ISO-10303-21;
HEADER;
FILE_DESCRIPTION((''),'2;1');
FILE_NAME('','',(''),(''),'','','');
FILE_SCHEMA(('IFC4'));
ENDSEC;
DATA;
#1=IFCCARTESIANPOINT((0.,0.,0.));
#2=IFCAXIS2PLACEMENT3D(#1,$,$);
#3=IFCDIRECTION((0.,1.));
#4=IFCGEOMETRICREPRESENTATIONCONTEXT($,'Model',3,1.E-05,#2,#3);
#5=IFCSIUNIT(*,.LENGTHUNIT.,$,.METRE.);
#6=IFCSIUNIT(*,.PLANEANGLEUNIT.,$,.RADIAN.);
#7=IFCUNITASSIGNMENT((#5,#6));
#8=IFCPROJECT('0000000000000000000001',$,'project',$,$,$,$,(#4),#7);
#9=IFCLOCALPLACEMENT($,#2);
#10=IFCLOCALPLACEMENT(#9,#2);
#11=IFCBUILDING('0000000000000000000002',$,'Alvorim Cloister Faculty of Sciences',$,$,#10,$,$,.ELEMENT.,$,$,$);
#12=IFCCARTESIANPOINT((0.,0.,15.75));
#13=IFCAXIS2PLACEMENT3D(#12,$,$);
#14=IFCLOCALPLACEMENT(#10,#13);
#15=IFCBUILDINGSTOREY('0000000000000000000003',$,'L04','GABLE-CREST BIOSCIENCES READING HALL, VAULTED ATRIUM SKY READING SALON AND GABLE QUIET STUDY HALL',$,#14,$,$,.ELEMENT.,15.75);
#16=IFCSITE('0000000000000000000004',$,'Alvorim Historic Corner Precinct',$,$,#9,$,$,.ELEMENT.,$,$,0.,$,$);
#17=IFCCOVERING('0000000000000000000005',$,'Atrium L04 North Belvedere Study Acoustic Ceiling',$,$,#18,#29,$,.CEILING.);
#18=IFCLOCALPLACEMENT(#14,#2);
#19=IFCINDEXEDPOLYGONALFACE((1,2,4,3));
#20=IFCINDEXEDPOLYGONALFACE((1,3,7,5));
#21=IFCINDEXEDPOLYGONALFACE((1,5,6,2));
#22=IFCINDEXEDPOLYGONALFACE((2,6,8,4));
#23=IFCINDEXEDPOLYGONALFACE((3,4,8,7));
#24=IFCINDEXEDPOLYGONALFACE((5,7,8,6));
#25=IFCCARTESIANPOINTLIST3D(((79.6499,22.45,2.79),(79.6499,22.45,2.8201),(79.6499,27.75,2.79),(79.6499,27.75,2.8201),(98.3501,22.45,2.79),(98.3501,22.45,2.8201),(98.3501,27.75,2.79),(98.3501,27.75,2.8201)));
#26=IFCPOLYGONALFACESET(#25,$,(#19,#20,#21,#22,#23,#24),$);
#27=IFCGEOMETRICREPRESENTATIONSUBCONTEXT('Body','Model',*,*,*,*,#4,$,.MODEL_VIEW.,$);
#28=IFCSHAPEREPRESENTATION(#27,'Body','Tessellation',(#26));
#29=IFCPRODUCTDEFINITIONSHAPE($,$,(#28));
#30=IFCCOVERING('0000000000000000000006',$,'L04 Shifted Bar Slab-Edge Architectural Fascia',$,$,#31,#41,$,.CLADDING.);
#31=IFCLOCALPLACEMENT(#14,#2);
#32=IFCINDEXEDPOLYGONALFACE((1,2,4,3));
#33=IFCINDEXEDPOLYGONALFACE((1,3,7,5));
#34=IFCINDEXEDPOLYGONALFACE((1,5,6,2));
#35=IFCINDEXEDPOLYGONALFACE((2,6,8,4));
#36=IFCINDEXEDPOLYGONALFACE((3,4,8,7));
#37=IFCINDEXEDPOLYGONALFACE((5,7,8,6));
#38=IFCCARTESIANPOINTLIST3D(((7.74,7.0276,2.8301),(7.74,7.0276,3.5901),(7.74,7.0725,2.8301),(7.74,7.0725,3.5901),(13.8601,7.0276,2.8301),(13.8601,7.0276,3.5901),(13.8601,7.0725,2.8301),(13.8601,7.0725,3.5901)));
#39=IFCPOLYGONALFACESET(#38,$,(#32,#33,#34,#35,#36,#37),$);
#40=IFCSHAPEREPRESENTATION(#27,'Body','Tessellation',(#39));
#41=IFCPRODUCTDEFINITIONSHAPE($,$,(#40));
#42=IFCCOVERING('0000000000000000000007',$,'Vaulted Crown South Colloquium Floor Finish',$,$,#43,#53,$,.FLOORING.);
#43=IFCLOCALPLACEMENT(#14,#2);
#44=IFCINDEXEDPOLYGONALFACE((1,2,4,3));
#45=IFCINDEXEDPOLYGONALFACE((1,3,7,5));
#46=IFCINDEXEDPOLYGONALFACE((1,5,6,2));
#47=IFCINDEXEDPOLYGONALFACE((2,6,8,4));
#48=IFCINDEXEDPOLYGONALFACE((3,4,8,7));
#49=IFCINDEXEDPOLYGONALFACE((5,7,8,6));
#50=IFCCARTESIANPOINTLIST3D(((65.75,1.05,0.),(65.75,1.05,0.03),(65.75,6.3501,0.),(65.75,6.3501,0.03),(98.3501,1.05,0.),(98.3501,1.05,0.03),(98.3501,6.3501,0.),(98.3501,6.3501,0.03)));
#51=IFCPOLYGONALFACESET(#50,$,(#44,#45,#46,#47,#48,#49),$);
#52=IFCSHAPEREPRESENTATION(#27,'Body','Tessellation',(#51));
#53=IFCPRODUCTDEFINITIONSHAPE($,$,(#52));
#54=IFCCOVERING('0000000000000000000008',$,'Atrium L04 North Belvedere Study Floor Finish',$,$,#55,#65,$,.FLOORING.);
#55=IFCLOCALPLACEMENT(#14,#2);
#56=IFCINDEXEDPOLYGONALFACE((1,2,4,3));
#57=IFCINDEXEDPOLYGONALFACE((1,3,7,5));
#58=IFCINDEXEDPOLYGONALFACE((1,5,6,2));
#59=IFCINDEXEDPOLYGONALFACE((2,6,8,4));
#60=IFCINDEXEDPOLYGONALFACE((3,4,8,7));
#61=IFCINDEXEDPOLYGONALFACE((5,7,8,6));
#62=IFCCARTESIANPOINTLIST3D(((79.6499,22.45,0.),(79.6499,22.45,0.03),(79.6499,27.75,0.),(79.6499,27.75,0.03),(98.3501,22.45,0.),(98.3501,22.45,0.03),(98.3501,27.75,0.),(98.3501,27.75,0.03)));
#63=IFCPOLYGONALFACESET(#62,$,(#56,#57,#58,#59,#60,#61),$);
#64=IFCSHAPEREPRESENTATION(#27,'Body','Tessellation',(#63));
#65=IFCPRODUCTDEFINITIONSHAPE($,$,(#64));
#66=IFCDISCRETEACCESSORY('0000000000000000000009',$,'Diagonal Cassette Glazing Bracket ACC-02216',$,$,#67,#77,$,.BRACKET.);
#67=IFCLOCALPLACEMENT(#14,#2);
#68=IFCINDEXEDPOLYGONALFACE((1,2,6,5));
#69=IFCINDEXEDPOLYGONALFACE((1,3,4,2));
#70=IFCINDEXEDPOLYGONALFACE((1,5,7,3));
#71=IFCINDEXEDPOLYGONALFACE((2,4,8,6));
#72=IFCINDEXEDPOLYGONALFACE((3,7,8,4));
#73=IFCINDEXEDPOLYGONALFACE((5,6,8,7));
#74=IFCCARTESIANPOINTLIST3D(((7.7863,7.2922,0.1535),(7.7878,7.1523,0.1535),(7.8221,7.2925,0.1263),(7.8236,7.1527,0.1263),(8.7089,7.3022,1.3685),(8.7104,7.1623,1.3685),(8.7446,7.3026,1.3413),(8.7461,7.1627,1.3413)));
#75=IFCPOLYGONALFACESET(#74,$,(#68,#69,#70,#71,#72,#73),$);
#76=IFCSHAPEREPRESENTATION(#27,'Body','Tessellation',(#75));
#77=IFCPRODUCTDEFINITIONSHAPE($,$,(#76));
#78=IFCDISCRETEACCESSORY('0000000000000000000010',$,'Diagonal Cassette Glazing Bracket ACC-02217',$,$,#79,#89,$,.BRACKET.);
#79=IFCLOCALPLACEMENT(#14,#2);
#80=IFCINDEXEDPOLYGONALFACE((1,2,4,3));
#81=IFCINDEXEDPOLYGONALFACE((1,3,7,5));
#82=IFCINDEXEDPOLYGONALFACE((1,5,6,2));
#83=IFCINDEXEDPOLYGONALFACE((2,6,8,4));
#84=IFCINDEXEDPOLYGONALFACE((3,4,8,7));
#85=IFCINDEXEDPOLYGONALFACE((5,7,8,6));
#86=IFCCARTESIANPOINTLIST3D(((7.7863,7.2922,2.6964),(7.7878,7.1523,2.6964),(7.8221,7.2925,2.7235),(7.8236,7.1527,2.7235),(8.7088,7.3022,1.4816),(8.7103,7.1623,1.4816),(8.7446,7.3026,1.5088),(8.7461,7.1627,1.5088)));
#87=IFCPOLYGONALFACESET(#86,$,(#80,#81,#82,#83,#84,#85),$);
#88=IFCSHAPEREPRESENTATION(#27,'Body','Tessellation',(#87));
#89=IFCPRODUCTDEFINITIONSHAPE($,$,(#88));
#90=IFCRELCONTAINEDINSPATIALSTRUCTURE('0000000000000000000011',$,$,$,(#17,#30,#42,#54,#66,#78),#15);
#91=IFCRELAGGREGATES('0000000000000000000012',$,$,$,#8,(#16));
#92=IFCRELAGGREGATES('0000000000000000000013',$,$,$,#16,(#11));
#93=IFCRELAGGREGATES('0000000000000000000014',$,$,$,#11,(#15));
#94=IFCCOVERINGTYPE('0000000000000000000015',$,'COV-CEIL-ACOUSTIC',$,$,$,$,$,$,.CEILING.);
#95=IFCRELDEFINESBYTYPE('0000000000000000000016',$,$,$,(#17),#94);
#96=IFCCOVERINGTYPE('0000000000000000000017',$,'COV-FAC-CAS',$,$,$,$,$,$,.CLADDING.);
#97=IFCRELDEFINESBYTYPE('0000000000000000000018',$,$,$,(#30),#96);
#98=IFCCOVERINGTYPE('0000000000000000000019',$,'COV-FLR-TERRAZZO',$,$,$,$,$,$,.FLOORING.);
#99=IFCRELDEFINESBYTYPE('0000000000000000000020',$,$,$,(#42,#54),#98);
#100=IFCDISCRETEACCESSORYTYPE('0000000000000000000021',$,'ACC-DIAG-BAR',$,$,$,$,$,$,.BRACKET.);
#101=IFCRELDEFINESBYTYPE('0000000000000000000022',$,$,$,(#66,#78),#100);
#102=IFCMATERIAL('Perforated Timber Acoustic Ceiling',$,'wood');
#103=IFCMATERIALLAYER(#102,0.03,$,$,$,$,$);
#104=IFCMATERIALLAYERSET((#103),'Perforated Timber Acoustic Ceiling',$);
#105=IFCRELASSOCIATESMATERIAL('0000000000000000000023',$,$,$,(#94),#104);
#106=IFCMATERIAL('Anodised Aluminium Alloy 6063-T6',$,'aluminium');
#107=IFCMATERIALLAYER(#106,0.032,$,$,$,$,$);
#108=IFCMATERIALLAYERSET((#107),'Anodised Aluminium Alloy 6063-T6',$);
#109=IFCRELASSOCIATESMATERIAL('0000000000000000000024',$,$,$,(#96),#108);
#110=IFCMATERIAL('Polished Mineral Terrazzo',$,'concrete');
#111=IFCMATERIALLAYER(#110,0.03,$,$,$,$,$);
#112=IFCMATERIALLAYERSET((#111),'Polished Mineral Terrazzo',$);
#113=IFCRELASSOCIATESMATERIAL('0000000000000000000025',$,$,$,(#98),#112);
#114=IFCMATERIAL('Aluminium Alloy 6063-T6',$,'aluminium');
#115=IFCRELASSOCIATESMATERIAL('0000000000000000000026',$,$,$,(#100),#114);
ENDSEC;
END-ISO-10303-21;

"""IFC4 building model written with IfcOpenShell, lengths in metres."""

from ifc_helpers import new_model, si_unit, direction, frame, origin, origin_2d, place, context, subcontext, project, spatial, polyline, rectangle, outline, extrude, material, layer, layer_set, type_object, element, save


model = new_model("IFC4")

# Units and contexts
model_context = context("Model", 3, precision=1e-05, world=origin(), true_north=direction((0.0, 1.0)))
body_context = subcontext(model_context, "Body", "Model", "MODEL_VIEW")
ifc_project = project(units=[si_unit("LENGTHUNIT", "METRE"), si_unit("PLANEANGLEUNIT", "RADIAN")], contexts=[model_context])

# Site, building, storey
site_placement = place(None, origin())
site = spatial("IfcSite", under=ifc_project, at=site_placement, Name="Alvorim Historic Corner Precinct", CompositionType="ELEMENT", RefElevation=0.0)
building_placement = place(site_placement, origin())
building = spatial("IfcBuilding", under=site, at=building_placement, Name="Alvorim Cloister Faculty of Sciences", CompositionType="ELEMENT")
storey_placement = place(building_placement, frame((0.0, 0.0, 15.75)))
storey = spatial("IfcBuildingStorey", under=building, at=storey_placement, Name="L04", Description="GABLE-CREST BIOSCIENCES READING HALL, VAULTED ATRIUM SKY READING SALON AND GABLE QUIET STUDY HALL", CompositionType="ELEMENT", Elevation=15.75)

# Shared definitions
ifc_material_1 = material(Name="Aluminium Alloy 6063-T6", Category="aluminium")

# Coverings
ifc_material_2 = material(Name="Perforated Timber Acoustic Ceiling", Category="wood")
ifc_layer_1 = layer(ifc_material_2, 0.03)
ifc_layer_set_1 = layer_set([ifc_layer_1], Name="Perforated Timber Acoustic Ceiling")
covering_type_1 = type_object("IfcCoveringType", Name="COV-CEIL-ACOUSTIC", PredefinedType="CEILING", material=ifc_layer_set_1)
covering_1_placement = place(storey_placement, frame((0.0, 0.0, 2.79)))
element("IfcCovering", 1, at=covering_1_placement, inside=storey, type_object=covering_type_1, Name="Atrium L04 North Belvedere Study Acoustic Ceiling", PredefinedType="CEILING", context=body_context, shape_type="SweptSolid", body=[
    extrude(outline(polyline([(79.6499, 22.45), (98.3501, 22.45), (98.3501, 27.75), (79.6499, 27.75), (79.6499, 22.45)])), origin(), (0.0, 0.0, 1.0), 0.03),
])
ifc_material_3 = material(Name="Anodised Aluminium Alloy 6063-T6", Category="aluminium")
ifc_layer_2 = layer(ifc_material_3, 0.032)
ifc_layer_set_2 = layer_set([ifc_layer_2], Name="Anodised Aluminium Alloy 6063-T6")
covering_type_2 = type_object("IfcCoveringType", Name="COV-FAC-CAS", PredefinedType="CLADDING", material=ifc_layer_set_2)
covering_2_placement = place(storey_placement, frame((7.74, 7.05, 2.8301), z_axis=(0.0, 0.0, 1.0), x_axis=(1.0, 0.0, 0.0)))
element("IfcCovering", 2, at=covering_2_placement, inside=storey, type_object=covering_type_2, Name="L04 Shifted Bar Slab-Edge Architectural Fascia", PredefinedType="CLADDING", context=body_context, shape_type="SweptSolid", body=[
    extrude(outline(polyline([(0.0, 0.0), (6.1201, 0.0), (6.1201, 0.76), (0.0, 0.76), (0.0, 0.0)])), frame((0.0, 0.0225, 0.0), z_axis=(0.0, -1.0, 0.0), x_axis=(1.0, 0.0, 0.0)), (0.0, 0.0, 1.0), 0.0449),
])
ifc_material_4 = material(Name="Polished Mineral Terrazzo", Category="concrete")
ifc_layer_3 = layer(ifc_material_4, 0.03)
ifc_layer_set_3 = layer_set([ifc_layer_3], Name="Polished Mineral Terrazzo")
covering_type_3 = type_object("IfcCoveringType", Name="COV-FLR-TERRAZZO", PredefinedType="FLOORING", material=ifc_layer_set_3)
covering_3_placement = place(storey_placement, origin())
element("IfcCovering", 3, at=covering_3_placement, inside=storey, type_object=covering_type_3, Name="Vaulted Crown South Colloquium Floor Finish", PredefinedType="FLOORING", context=body_context, shape_type="SweptSolid", body=[
    extrude(outline(polyline([(65.75, 1.05), (98.3501, 1.05), (98.3501, 6.3501), (65.75, 6.3501), (65.75, 1.05)])), origin(), (0.0, 0.0, 1.0), 0.03),
])
covering_4_placement = place(storey_placement, origin())
element("IfcCovering", 4, at=covering_4_placement, inside=storey, type_object=covering_type_3, Name="Atrium L04 North Belvedere Study Floor Finish", PredefinedType="FLOORING", context=body_context, shape_type="SweptSolid", body=[
    extrude(outline(polyline([(79.6499, 22.45), (98.3501, 22.45), (98.3501, 27.75), (79.6499, 27.75), (79.6499, 22.45)])), origin(), (0.0, 0.0, 1.0), 0.03),
])

# Discrete accessories
discrete_accessory_type = type_object("IfcDiscreteAccessoryType", Name="ACC-DIAG-BAR", PredefinedType="BRACKET", material=ifc_material_1)
discrete_accessory_1_placement = place(storey_placement, frame((7.8049, 7.2224, 0.1399), z_axis=(0.604713, 0.006561, 0.796416), x_axis=(-0.010849, 0.999941, 0.0)))
element("IfcDiscreteAccessory", 5, at=discrete_accessory_1_placement, inside=storey, type_object=discrete_accessory_type, Name="Diagonal Cassette Glazing Bracket ACC-02216", PredefinedType="BRACKET", context=body_context, shape_type="SweptSolid", body=[
    extrude(rectangle(XDim=0.1399, YDim=0.0449, at=origin_2d()), origin(), (0.0, 0.0, 1.0), 1.5256),
])
discrete_accessory_2_placement = place(storey_placement, frame((7.8049, 7.2224, 2.71), z_axis=(0.60479, 0.006562, -0.796358), x_axis=(-0.010849, 0.999941, 0.0)))
element("IfcDiscreteAccessory", 6, at=discrete_accessory_2_placement, inside=storey, type_object=discrete_accessory_type, Name="Diagonal Cassette Glazing Bracket ACC-02217", PredefinedType="BRACKET", context=body_context, shape_type="SweptSolid", body=[
    extrude(rectangle(XDim=0.1399, YDim=0.0449, at=origin_2d()), origin(), (0.0, 0.0, 1.0), 1.5254),
])

save(model, "model.ifc")
